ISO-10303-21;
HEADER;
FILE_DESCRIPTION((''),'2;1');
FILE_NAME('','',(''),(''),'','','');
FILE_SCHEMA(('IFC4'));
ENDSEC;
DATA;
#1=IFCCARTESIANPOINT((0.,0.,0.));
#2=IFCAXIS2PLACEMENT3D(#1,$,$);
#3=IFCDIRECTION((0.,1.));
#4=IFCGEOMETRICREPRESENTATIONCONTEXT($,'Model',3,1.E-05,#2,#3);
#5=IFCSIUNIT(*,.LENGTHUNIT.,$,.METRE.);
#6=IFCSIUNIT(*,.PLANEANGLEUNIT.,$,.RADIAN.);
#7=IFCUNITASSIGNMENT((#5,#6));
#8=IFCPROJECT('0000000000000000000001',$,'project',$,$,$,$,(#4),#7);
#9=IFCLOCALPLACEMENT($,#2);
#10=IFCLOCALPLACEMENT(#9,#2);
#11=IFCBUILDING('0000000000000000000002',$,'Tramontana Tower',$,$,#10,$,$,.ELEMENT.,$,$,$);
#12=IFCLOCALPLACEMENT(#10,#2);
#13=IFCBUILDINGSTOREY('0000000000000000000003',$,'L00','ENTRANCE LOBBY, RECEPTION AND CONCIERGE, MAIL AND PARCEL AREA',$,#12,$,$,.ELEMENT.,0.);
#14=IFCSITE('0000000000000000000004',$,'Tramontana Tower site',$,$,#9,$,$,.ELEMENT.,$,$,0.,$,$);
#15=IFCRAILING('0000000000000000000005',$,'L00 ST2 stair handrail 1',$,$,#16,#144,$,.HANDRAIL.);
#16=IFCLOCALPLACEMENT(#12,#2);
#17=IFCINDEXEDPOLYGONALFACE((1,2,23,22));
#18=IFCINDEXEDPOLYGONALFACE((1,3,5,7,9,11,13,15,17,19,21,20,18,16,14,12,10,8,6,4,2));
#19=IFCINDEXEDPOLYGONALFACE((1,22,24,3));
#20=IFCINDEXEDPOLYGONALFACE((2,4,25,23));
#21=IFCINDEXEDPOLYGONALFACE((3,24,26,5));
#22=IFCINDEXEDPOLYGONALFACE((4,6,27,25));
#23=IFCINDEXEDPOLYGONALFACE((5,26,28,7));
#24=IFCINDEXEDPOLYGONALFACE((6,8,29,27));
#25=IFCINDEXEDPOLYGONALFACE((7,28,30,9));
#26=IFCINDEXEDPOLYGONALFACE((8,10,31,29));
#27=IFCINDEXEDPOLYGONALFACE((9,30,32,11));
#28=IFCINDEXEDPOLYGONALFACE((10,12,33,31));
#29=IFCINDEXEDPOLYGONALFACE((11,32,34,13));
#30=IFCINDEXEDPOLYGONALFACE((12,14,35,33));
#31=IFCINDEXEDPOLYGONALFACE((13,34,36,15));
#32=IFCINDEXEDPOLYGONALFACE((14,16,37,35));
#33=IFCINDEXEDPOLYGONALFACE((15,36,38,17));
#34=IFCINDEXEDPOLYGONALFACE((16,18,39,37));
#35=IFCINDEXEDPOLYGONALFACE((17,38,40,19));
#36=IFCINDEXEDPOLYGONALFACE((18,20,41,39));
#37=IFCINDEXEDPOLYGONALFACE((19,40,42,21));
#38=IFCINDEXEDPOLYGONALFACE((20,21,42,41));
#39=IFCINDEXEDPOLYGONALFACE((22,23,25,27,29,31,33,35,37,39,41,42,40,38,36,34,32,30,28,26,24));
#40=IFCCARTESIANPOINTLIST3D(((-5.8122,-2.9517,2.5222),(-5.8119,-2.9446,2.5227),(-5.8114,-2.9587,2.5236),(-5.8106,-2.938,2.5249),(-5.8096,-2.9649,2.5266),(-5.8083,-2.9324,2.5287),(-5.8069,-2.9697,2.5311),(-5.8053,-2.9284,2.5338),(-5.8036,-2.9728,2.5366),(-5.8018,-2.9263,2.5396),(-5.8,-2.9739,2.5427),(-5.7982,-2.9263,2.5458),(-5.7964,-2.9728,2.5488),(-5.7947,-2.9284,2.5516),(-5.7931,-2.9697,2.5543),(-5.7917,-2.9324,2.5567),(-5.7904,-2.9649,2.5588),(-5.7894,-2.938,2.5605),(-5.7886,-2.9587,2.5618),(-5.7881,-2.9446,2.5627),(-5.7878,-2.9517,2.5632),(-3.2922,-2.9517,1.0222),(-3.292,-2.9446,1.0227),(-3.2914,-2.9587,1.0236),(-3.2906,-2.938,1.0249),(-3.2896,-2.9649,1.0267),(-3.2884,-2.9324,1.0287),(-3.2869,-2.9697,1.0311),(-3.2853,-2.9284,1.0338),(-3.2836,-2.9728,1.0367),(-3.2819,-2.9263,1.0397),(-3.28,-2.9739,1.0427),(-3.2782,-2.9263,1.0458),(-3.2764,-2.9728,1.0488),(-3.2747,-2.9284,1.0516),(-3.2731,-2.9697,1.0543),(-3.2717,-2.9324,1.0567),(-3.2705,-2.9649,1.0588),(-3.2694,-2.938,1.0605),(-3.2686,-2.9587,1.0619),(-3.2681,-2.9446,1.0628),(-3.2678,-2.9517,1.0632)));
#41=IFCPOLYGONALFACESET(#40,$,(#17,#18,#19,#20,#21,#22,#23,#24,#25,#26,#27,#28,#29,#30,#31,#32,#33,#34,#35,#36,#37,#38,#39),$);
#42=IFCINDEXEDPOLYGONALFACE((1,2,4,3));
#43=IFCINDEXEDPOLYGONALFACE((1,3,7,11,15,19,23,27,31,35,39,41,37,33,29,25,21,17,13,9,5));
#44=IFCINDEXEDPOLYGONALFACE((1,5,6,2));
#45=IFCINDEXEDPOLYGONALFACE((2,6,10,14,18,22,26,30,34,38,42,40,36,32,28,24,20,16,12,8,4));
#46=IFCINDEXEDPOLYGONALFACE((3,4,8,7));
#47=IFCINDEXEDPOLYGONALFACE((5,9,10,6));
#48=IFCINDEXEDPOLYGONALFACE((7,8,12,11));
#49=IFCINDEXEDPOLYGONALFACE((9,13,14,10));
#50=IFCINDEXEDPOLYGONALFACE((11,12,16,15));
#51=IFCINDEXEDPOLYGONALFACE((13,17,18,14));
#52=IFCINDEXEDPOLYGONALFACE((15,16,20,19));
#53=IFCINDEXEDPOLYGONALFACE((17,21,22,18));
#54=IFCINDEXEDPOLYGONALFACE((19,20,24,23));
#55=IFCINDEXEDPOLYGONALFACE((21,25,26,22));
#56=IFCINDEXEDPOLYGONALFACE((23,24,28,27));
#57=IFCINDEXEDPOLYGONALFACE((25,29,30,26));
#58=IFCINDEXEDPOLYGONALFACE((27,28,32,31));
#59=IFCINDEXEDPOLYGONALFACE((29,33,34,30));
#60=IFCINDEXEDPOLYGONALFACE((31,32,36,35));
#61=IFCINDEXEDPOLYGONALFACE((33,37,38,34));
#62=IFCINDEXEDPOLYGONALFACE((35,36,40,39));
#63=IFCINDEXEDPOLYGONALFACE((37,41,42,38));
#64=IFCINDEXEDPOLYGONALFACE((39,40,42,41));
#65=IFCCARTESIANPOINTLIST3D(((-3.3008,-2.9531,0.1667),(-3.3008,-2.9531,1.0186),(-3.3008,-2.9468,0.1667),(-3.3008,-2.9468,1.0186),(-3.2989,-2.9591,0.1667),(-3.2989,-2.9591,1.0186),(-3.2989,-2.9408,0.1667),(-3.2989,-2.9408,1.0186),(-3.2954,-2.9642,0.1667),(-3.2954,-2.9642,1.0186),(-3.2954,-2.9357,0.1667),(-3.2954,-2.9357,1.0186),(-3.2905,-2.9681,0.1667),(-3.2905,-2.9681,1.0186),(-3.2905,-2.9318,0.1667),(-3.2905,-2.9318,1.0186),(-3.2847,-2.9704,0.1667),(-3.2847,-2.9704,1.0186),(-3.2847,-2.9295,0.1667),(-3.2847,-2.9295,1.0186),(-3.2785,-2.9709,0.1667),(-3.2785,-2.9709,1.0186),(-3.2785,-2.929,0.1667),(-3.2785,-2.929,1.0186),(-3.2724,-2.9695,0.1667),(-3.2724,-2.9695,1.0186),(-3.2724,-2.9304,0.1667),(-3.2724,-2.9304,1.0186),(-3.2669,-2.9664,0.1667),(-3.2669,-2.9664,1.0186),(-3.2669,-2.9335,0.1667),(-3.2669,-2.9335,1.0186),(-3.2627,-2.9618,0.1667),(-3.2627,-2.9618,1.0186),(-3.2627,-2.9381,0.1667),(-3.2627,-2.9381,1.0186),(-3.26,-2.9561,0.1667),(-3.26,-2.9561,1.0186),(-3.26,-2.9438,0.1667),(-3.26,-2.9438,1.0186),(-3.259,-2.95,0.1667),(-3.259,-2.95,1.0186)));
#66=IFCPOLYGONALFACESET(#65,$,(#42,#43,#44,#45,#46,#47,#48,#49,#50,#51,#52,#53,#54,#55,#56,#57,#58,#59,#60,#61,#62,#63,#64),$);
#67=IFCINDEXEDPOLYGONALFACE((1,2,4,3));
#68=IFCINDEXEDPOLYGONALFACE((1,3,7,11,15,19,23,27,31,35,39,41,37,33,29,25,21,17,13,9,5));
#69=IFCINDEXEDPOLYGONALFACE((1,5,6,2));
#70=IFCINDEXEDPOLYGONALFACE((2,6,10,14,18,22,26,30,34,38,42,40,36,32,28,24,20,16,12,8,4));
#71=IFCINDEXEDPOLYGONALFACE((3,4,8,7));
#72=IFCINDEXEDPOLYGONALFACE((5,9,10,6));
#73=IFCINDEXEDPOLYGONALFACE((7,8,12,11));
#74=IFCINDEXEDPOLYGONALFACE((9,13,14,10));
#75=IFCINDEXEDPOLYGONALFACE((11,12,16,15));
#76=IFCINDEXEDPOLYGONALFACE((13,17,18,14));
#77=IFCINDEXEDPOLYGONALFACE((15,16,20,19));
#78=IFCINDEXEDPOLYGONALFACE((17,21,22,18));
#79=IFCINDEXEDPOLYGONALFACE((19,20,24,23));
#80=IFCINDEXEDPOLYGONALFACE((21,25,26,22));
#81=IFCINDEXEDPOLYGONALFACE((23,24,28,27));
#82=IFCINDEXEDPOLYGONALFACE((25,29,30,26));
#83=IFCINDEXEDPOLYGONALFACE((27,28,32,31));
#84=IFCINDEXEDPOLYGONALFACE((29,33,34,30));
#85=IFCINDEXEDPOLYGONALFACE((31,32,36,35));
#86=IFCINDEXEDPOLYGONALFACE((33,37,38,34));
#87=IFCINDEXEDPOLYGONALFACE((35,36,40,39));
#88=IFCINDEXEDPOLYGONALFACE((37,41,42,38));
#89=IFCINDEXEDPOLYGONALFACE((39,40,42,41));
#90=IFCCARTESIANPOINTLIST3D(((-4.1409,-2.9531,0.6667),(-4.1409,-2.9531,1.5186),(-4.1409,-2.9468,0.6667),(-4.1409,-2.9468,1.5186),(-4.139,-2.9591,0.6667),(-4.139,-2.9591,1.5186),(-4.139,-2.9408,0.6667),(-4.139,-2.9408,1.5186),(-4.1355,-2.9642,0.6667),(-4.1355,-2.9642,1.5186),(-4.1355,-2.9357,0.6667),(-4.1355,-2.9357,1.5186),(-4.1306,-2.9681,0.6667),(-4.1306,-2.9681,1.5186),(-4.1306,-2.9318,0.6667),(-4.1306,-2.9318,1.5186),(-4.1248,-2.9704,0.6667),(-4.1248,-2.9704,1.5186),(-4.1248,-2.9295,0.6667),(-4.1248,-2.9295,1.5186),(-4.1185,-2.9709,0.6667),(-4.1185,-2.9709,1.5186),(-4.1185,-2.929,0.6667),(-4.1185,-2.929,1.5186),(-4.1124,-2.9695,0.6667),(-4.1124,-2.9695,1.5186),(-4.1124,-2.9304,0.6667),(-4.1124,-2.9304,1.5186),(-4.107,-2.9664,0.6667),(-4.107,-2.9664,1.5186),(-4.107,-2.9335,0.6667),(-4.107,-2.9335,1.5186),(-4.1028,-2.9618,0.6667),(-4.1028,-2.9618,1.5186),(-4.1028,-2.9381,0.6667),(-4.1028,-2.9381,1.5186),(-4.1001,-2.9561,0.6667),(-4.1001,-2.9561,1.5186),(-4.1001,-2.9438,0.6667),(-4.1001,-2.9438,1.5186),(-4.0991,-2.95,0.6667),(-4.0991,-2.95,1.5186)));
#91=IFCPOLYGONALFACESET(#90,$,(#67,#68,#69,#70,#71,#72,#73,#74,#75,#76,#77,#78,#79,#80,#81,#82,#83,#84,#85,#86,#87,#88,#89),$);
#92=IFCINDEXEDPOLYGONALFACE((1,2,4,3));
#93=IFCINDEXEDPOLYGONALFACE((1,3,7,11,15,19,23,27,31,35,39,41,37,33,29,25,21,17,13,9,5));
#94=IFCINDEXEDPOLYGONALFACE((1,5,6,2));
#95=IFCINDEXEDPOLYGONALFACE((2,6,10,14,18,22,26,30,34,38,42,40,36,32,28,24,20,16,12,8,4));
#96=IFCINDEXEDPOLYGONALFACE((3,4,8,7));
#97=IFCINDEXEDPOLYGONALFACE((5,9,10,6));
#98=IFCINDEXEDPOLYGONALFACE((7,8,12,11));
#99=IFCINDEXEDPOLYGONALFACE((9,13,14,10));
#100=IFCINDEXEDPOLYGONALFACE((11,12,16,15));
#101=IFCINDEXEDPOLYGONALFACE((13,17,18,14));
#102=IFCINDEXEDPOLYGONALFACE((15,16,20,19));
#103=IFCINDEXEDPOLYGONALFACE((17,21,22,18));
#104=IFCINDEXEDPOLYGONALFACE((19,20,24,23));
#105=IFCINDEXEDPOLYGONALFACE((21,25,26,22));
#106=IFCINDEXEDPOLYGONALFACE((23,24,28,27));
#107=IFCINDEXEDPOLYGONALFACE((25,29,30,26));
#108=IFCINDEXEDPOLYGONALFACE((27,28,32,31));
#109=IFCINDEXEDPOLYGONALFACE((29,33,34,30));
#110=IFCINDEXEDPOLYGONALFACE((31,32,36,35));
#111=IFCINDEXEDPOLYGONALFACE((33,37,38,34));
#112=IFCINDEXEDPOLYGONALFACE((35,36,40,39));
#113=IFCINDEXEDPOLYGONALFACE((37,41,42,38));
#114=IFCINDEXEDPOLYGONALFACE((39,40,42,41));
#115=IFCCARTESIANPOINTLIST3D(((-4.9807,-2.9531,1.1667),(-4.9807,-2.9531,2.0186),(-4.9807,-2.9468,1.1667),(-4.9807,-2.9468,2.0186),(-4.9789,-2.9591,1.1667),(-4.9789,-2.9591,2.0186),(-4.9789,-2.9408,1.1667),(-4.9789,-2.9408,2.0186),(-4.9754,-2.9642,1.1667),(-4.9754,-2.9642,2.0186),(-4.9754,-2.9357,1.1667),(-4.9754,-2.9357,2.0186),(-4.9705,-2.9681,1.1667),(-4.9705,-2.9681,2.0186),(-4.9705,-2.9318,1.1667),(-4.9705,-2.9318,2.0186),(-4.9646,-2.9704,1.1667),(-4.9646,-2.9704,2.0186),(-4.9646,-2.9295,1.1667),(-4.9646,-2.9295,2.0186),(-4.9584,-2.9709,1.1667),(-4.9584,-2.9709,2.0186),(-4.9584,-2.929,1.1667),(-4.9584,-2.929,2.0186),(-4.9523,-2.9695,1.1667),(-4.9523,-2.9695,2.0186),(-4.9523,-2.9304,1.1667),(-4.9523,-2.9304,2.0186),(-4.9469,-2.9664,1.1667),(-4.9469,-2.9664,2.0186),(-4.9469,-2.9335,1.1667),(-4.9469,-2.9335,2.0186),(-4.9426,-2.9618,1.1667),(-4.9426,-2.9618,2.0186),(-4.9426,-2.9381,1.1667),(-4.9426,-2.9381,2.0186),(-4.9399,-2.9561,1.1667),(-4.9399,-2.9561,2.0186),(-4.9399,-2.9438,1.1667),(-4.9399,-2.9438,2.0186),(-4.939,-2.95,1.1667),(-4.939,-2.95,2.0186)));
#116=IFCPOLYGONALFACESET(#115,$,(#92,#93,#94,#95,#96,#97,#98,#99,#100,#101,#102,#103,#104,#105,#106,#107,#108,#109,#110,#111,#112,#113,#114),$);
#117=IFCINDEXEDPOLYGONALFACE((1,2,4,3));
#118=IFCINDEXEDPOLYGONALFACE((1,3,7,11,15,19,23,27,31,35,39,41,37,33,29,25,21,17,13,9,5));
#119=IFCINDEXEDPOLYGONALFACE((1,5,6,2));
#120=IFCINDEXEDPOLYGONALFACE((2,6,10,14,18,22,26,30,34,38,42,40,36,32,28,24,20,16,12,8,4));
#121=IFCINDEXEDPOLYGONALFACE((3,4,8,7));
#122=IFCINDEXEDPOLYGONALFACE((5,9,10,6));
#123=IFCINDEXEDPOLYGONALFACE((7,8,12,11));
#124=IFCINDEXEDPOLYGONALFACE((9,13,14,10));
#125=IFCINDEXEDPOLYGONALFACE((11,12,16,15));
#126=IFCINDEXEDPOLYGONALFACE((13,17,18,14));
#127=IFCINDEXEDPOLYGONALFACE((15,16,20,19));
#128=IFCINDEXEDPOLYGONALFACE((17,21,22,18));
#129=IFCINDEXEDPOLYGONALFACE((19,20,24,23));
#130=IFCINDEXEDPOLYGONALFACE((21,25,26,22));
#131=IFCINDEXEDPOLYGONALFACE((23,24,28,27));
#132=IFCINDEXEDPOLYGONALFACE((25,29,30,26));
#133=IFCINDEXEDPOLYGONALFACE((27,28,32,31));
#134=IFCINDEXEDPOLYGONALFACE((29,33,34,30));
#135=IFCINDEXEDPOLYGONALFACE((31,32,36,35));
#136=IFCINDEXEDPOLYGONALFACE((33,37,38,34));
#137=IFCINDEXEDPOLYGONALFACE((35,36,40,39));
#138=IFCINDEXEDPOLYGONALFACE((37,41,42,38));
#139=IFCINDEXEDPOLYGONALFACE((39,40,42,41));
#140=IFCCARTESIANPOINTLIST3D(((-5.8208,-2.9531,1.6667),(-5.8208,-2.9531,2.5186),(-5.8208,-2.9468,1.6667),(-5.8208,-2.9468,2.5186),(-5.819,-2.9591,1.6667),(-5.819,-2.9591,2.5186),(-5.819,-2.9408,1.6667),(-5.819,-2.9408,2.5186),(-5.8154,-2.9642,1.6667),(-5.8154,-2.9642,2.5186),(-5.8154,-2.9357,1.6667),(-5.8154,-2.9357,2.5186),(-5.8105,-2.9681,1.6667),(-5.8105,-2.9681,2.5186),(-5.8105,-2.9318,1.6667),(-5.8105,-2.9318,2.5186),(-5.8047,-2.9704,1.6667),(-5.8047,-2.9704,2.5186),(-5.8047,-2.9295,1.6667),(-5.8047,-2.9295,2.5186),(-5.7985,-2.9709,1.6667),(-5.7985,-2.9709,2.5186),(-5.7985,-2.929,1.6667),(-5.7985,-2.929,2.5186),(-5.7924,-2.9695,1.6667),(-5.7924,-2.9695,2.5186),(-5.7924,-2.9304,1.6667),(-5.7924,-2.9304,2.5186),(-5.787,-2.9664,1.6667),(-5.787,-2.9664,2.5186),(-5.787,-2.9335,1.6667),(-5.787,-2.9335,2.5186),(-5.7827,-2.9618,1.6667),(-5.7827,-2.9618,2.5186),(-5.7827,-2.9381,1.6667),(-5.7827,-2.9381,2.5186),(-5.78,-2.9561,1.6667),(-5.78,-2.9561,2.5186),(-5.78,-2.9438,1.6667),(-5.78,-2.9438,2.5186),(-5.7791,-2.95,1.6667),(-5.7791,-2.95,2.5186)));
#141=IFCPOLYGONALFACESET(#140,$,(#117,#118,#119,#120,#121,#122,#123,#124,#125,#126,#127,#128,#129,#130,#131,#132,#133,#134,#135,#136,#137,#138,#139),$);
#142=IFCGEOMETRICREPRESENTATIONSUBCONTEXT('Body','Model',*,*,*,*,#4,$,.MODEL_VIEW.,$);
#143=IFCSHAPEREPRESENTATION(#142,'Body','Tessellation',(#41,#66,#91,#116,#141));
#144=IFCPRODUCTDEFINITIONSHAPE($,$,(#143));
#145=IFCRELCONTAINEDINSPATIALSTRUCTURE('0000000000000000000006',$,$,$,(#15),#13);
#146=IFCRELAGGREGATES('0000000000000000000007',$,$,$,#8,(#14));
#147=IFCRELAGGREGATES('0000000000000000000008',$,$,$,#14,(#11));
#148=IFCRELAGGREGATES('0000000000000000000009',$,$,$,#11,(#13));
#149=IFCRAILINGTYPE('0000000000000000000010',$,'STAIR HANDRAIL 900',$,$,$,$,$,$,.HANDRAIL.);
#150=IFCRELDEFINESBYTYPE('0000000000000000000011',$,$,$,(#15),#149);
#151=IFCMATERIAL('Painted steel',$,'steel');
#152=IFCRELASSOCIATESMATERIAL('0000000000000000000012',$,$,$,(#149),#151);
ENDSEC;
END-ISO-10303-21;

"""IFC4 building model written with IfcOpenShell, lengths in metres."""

from ifc_helpers import new_model, si_unit, direction, frame, origin, origin_2d, place, context, subcontext, project, spatial, circle, extrude, material, type_object, element, save


model = new_model("IFC4")

# Units and contexts
model_context = context("Model", 3, precision=1e-05, world=origin(), true_north=direction((0.0, 1.0)))
body_context = subcontext(model_context, "Body", "Model", "MODEL_VIEW")
ifc_project = project(units=[si_unit("LENGTHUNIT", "METRE"), si_unit("PLANEANGLEUNIT", "RADIAN")], contexts=[model_context])

# Site, building, storey
site_placement = place(None, origin())
site = spatial("IfcSite", under=ifc_project, at=site_placement, Name="Tramontana Tower site", CompositionType="ELEMENT", RefElevation=0.0)
building_placement = place(site_placement, origin())
building = spatial("IfcBuilding", under=site, at=building_placement, Name="Tramontana Tower", CompositionType="ELEMENT")
storey_placement = place(building_placement, origin())
storey = spatial("IfcBuildingStorey", under=building, at=storey_placement, Name="L00", Description="ENTRANCE LOBBY, RECEPTION AND CONCIERGE, MAIL AND PARCEL AREA", CompositionType="ELEMENT", Elevation=0.0)

# Railing
ifc_material_1 = material(Name="Painted steel", Category="steel")
railing_type_1 = type_object("IfcRailingType", Name="STAIR HANDRAIL 900", PredefinedType="HANDRAIL", material=ifc_material_1)
for number, where, name in (
    (1, (-3.28, -2.95, 0.1667), "L00 ST2 stair handrail 1"),
):
    element("IfcRailing", number, at=place(storey_placement, frame(where)), inside=storey, type_object=railing_type_1, Name=name, PredefinedType="HANDRAIL", context=body_context, shape_type="SweptSolid", body=[
        extrude(circle(Radius=0.0239, at=origin_2d()), frame((0.0, 0.0, 0.876), z_axis=(-0.859295, 0.0, 0.511481), x_axis=(0.0, -1.0, 0.0)), (0.0, 0.0, 1.0), 2.9326),
        extrude(circle(Radius=0.021, at=origin_2d()), origin(), (0.0, 0.0, 1.0), 0.8518),
        extrude(circle(Radius=0.021, at=origin_2d()), frame((-0.8401, 0.0, 0.5)), (0.0, 0.0, 1.0), 0.8518),
        extrude(circle(Radius=0.021, at=origin_2d()), frame((-1.6799, 0.0, 1.0)), (0.0, 0.0, 1.0), 0.8518),
        extrude(circle(Radius=0.021, at=origin_2d()), frame((-2.52, 0.0, 1.5)), (0.0, 0.0, 1.0), 0.8518),
    ])

save(model, "model.ifc")
